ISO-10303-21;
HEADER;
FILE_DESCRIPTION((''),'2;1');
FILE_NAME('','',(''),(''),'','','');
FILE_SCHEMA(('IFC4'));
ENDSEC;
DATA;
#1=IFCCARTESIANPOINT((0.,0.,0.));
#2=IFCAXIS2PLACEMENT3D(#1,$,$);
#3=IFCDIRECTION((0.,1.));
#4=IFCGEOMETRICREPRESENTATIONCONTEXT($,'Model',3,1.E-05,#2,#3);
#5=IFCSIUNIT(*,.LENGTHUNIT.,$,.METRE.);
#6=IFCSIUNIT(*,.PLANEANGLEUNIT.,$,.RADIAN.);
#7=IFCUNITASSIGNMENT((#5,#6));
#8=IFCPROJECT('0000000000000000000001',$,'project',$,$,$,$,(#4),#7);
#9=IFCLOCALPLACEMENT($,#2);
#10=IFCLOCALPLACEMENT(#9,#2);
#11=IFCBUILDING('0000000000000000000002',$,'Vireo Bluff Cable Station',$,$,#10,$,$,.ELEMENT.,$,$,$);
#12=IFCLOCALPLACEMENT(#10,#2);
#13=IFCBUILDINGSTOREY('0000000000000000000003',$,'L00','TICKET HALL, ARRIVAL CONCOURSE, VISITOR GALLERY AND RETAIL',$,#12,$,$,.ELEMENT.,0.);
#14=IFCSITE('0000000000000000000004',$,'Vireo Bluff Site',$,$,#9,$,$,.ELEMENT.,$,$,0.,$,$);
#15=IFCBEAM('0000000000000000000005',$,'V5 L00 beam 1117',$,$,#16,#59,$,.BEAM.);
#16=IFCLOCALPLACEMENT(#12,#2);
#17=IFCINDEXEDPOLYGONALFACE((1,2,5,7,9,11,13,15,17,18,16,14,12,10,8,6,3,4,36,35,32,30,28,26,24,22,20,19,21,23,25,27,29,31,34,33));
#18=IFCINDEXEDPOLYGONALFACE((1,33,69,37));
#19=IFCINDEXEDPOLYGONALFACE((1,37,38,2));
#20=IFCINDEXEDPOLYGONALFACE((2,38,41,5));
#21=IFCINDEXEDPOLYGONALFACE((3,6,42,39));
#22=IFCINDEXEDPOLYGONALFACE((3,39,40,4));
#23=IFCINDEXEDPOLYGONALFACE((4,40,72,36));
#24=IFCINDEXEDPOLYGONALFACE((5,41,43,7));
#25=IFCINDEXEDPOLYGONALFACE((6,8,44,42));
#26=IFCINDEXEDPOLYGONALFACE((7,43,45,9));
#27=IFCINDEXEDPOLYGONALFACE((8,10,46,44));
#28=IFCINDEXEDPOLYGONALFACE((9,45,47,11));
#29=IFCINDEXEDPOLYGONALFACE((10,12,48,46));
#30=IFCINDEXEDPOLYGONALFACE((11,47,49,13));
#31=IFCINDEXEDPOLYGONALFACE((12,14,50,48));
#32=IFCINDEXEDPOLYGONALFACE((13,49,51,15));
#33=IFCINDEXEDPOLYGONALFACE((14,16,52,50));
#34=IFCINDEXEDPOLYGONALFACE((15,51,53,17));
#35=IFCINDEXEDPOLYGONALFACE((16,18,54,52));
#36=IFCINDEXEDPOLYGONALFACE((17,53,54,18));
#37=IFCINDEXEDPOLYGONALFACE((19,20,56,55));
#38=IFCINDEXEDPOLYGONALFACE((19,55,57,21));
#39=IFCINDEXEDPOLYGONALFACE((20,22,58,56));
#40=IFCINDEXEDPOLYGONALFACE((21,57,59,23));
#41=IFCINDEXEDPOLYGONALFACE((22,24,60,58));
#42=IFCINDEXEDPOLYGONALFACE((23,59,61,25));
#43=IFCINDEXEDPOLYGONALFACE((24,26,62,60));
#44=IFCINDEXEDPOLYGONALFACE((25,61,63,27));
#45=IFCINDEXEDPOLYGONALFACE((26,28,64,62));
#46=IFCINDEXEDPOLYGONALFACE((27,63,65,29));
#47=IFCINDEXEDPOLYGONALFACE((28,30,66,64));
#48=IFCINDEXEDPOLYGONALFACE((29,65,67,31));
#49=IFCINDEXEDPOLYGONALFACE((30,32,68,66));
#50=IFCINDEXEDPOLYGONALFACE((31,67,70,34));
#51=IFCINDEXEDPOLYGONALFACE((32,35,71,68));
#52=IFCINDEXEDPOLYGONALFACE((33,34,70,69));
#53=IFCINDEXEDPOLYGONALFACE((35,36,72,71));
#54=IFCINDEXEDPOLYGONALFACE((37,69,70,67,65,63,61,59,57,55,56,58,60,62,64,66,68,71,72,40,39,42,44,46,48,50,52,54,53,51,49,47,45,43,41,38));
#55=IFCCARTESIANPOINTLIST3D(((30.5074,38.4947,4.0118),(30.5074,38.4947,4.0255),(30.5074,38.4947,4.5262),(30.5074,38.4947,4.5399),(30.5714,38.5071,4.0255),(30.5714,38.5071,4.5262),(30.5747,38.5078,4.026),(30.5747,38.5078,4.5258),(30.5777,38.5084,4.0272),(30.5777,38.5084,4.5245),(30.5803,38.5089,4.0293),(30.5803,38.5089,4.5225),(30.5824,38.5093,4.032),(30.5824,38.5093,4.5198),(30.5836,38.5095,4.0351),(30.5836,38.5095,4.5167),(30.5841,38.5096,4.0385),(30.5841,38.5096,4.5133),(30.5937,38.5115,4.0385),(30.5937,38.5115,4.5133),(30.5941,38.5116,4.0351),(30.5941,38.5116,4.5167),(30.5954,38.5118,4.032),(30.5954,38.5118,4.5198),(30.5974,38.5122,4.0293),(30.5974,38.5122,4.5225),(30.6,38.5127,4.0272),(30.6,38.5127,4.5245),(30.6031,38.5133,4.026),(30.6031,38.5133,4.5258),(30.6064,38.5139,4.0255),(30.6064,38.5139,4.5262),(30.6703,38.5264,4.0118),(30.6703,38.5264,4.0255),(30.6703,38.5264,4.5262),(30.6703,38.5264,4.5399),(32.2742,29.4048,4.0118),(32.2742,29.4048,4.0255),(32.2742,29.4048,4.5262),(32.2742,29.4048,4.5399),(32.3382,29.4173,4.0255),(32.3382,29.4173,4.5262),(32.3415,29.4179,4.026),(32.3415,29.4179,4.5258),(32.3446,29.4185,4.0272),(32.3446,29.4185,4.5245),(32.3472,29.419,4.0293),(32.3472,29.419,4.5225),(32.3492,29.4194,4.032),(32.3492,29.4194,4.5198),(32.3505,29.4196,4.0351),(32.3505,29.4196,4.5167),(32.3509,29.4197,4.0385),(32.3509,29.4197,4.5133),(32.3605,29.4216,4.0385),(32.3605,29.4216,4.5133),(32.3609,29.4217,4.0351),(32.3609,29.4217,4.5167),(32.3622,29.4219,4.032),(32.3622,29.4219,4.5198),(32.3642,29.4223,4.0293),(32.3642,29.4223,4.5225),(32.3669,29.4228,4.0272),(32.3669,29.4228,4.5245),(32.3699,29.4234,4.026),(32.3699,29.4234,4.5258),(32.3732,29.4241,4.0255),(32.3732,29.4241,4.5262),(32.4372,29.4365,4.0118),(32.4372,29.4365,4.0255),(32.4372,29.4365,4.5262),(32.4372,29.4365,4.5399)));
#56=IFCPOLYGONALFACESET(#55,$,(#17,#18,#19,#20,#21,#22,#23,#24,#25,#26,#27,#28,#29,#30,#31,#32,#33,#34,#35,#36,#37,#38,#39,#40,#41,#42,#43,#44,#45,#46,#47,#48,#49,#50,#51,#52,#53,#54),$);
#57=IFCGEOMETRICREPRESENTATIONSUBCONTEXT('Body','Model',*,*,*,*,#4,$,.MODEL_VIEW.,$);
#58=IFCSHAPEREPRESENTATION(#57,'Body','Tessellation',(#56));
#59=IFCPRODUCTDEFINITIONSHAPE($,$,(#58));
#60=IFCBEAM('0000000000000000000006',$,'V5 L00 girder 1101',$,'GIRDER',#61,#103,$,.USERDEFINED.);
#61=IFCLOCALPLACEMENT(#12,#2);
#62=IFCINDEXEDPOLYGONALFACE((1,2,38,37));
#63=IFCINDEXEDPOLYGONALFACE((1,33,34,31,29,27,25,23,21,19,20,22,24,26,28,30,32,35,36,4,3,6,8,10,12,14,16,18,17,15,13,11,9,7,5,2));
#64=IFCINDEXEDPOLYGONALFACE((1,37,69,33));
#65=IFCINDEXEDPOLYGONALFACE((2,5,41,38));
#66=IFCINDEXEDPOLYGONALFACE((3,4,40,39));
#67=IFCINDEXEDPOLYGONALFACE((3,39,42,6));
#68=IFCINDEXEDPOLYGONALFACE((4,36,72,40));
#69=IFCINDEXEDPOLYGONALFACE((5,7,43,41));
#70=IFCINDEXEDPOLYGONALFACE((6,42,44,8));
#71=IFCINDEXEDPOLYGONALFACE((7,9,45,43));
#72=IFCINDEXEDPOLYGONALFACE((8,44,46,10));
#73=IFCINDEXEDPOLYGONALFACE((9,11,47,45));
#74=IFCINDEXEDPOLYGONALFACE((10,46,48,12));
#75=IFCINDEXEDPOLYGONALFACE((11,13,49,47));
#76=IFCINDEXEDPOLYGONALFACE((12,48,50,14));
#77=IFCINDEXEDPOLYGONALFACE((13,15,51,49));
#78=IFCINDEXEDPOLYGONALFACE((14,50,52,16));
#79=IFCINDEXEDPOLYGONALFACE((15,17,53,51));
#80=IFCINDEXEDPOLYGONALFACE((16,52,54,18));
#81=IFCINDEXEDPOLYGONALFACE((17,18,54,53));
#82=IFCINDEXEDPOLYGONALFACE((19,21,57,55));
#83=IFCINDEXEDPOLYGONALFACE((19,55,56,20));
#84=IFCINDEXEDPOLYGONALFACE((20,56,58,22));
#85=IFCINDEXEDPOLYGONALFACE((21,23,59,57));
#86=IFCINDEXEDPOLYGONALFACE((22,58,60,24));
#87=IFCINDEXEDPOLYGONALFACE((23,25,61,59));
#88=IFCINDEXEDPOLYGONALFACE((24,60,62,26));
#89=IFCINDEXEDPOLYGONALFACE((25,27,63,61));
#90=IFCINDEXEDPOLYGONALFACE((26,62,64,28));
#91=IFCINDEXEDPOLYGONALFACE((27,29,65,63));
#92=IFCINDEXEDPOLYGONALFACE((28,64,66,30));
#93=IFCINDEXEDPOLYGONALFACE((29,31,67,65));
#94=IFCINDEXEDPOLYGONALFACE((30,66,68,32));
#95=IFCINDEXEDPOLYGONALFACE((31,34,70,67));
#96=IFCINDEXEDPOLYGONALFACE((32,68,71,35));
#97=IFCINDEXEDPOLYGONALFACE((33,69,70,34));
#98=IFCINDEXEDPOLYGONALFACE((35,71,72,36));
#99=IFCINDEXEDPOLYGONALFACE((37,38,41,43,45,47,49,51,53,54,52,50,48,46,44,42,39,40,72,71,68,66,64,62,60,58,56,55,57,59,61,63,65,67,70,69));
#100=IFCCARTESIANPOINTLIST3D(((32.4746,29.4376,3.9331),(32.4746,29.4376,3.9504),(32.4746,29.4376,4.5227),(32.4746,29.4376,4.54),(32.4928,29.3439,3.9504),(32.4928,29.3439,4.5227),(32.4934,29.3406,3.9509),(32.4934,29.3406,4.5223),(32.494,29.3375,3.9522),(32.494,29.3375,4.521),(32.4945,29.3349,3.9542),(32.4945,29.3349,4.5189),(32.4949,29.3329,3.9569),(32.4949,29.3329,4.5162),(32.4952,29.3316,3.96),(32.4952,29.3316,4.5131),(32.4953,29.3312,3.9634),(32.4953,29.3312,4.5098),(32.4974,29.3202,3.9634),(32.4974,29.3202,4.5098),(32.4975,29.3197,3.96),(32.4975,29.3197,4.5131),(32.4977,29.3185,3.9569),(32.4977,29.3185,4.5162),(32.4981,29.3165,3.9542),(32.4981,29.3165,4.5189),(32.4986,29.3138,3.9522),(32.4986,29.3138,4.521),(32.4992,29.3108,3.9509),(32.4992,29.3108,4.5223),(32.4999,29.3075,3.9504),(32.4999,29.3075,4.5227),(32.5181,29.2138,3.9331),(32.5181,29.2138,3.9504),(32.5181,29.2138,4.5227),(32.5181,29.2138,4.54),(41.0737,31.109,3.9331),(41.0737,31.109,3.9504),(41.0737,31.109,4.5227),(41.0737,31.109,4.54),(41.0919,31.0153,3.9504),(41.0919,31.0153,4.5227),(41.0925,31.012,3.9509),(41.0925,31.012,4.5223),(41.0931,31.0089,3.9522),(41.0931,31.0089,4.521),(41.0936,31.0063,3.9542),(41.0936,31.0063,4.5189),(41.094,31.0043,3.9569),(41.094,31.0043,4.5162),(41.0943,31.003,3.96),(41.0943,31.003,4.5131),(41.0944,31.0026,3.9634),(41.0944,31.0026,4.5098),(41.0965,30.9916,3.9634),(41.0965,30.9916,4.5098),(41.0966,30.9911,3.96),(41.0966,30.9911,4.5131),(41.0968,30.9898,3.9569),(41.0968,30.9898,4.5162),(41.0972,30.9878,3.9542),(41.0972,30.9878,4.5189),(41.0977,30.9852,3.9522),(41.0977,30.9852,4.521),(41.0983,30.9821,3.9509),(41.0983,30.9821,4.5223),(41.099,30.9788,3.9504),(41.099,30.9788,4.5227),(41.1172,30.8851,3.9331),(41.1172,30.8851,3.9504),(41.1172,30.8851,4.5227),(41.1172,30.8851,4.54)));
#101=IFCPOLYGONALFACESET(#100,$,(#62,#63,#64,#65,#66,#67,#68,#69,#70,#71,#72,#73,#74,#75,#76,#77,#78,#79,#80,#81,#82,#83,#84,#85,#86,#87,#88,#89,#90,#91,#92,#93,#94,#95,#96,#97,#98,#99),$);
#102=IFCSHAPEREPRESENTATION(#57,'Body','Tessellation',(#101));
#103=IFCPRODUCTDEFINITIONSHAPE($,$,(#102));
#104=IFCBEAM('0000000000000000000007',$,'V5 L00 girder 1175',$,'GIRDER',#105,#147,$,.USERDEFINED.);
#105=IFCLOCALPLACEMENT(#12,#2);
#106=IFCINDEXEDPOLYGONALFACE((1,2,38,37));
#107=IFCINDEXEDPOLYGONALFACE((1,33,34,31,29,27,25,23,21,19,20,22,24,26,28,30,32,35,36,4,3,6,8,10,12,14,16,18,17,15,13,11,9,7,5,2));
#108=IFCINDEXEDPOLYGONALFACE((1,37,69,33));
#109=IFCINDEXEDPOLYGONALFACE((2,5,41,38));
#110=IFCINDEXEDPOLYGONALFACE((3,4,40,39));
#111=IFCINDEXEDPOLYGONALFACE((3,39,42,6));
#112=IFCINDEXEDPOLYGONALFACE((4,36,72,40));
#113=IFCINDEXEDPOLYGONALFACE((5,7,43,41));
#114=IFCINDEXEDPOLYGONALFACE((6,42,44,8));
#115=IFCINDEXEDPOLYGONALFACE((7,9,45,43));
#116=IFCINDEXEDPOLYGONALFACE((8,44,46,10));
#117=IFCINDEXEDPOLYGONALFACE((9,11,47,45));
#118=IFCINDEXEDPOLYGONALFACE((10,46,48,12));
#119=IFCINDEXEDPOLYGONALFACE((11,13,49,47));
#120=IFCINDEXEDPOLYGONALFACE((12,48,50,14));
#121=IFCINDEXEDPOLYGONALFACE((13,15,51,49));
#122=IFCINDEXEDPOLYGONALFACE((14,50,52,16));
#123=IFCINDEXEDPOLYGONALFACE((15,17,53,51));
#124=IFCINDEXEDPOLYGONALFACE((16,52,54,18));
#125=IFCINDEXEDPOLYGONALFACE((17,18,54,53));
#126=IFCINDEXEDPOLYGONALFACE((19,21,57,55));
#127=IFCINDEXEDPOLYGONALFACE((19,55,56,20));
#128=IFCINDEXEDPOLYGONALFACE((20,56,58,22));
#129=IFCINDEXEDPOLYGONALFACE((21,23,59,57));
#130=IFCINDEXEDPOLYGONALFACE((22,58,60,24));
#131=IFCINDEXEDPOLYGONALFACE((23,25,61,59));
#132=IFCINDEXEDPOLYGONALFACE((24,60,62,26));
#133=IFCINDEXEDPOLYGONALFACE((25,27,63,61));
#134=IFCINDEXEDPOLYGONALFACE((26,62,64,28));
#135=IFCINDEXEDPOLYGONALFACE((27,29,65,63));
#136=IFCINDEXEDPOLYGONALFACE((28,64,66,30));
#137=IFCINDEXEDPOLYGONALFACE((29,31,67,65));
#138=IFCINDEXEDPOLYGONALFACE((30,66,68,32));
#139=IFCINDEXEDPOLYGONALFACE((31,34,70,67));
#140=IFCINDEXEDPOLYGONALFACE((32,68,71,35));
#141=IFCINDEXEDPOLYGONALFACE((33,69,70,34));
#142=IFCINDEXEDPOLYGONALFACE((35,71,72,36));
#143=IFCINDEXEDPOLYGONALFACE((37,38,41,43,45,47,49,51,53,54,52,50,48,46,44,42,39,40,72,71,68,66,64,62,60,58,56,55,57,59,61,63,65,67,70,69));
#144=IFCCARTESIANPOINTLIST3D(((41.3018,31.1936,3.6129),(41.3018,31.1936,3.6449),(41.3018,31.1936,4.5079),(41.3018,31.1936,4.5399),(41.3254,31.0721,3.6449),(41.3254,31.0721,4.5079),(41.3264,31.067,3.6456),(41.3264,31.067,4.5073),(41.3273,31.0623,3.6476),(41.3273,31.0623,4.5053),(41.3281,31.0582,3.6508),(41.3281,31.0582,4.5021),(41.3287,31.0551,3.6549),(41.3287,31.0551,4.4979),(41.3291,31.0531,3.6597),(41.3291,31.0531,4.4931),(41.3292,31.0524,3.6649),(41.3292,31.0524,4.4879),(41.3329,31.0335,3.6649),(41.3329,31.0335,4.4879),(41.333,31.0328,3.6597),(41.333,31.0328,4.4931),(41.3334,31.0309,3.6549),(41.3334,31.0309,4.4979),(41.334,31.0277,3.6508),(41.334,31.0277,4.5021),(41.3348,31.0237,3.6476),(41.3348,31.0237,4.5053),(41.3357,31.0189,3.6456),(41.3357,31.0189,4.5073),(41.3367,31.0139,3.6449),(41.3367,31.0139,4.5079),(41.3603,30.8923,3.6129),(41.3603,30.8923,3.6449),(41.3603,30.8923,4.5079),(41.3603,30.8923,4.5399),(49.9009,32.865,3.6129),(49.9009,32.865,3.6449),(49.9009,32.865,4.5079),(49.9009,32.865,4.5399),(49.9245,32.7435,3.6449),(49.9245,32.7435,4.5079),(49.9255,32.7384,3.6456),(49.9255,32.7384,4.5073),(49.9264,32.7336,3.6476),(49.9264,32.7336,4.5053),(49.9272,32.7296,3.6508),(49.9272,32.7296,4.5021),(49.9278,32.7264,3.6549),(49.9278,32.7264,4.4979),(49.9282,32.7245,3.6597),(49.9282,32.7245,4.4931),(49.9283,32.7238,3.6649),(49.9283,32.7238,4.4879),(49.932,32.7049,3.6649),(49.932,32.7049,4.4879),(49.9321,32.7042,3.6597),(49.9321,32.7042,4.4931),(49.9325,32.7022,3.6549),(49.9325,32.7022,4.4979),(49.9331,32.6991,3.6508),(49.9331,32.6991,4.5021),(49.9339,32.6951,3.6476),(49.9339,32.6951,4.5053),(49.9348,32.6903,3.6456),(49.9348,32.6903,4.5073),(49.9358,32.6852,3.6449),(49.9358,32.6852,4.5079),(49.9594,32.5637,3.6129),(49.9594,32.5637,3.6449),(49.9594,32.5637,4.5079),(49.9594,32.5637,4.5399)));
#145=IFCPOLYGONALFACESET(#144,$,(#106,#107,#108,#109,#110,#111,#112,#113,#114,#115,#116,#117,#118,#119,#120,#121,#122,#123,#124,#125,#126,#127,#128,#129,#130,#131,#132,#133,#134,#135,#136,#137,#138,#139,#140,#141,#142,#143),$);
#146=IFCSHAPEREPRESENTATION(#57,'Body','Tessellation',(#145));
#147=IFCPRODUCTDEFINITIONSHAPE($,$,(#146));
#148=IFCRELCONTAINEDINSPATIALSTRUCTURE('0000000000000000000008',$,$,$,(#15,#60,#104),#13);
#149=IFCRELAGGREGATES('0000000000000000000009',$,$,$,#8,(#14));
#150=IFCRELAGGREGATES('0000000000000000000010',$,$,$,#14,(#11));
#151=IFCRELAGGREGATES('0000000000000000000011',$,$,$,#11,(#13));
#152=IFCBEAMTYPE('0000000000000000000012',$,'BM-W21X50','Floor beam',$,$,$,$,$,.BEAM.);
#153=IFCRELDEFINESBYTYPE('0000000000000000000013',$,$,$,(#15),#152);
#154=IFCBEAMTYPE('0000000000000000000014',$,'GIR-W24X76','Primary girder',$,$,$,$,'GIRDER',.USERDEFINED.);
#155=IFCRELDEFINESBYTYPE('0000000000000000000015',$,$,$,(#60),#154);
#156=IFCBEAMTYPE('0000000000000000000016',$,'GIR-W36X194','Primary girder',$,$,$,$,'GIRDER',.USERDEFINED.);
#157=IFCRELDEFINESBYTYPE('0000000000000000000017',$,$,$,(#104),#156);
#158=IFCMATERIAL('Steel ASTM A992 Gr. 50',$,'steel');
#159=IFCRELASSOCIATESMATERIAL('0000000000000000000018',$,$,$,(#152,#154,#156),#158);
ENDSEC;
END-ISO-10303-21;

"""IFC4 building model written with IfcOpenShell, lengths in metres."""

from ifc_helpers import new_model, si_unit, direction, frame, origin, origin_2d, place, context, subcontext, project, spatial, i_section, extrude, material, material_profile, profile_set, type_object, element, save


model = new_model("IFC4")

# Units and contexts
model_context = context("Model", 3, precision=1e-05, world=origin(), true_north=direction((0.0, 1.0)))
body_context = subcontext(model_context, "Body", "Model", "MODEL_VIEW")
ifc_project = project(units=[si_unit("LENGTHUNIT", "METRE"), si_unit("PLANEANGLEUNIT", "RADIAN")], contexts=[model_context])

# Site, building, storey
site_placement = place(None, origin())
site = spatial("IfcSite", under=ifc_project, at=site_placement, Name="Vireo Bluff Site", CompositionType="ELEMENT", RefElevation=0.0)
building_placement = place(site_placement, origin())
building = spatial("IfcBuilding", under=site, at=building_placement, Name="Vireo Bluff Cable Station", CompositionType="ELEMENT")
storey_placement = place(building_placement, origin())
storey = spatial("IfcBuildingStorey", under=building, at=storey_placement, Name="L00", Description="TICKET HALL, ARRIVAL CONCOURSE, VISITOR GALLERY AND RETAIL", CompositionType="ELEMENT", Elevation=0.0)

# Shared definitions
ifc_material_1 = material(Name="Steel ASTM A992 Gr. 50", Category="steel")

# Beams
ifc_material_profile_1 = material_profile(ifc_material_1, i_section(OverallWidth=0.166, OverallDepth=0.5281, WebThickness=0.0098, FlangeThickness=0.0137, FilletRadius=0.0129, at=origin_2d()), Name="W21X50")
ifc_profile_set_1 = profile_set([ifc_material_profile_1], Name="Steel ASTM A992 Gr. 50")
beam_type_1 = type_object("IfcBeamType", Name="BM-W21X50", Description="Floor beam", PredefinedType="BEAM", material=ifc_profile_set_1)
beam_1_placement = place(storey_placement, frame((32.3557, 29.4207, 4.2759), z_axis=(-0.190805, 0.981628, 0.0), x_axis=(-0.981628, -0.190805, 0.0)))
element("IfcBeam", 1, at=beam_1_placement, inside=storey, type_object=beam_type_1, Name="V5 L00 beam 1117", PredefinedType="BEAM", context=body_context, shape_type="SweptSolid", body=[
    extrude(i_section(OverallWidth=0.166, OverallDepth=0.5281, WebThickness=0.0098, FlangeThickness=0.0137, FilletRadius=0.0129, at=origin_2d()), origin(), (0.0, 0.0, 1.0), 9.26),
])
ifc_material_profile_2 = material_profile(ifc_material_1, i_section(OverallWidth=0.228, OverallDepth=0.6069, WebThickness=0.0112, FlangeThickness=0.0173, FilletRadius=0.0129, at=origin_2d()), Name="W24X76")
ifc_profile_set_2 = profile_set([ifc_material_profile_2], Name="Steel ASTM A992 Gr. 50")
beam_type_2 = type_object("IfcBeamType", Name="GIR-W24X76", Description="Primary girder", ElementType="GIRDER", PredefinedType="USERDEFINED", material=ifc_profile_set_2)
beam_2_placement = place(storey_placement, frame((32.4963, 29.3257, 4.2366), z_axis=(0.98163, 0.190797, 0.0), x_axis=(-0.190797, 0.98163, 0.0)))
element("IfcBeam", 2, at=beam_2_placement, inside=storey, type_object=beam_type_2, Name="V5 L00 girder 1101", ObjectType="GIRDER", PredefinedType="USERDEFINED", context=body_context, shape_type="SweptSolid", body=[
    extrude(i_section(OverallWidth=0.228, OverallDepth=0.6069, WebThickness=0.0112, FlangeThickness=0.0173, FilletRadius=0.0129, at=origin_2d()), origin(), (0.0, 0.0, 1.0), 8.76),
])
ifc_material_profile_3 = material_profile(ifc_material_1, i_section(OverallWidth=0.3069, OverallDepth=0.927, WebThickness=0.0193, FlangeThickness=0.032, FilletRadius=0.02, at=origin_2d()), Name="W36X194")
ifc_profile_set_3 = profile_set([ifc_material_profile_3], Name="Steel ASTM A992 Gr. 50")
beam_type_3 = type_object("IfcBeamType", Name="GIR-W36X194", Description="Primary girder", ElementType="GIRDER", PredefinedType="USERDEFINED", material=ifc_profile_set_3)
beam_3_placement = place(storey_placement, frame((41.3311, 31.043, 4.0764), z_axis=(0.98163, 0.190797, 0.0), x_axis=(-0.190797, 0.98163, 0.0)))
element("IfcBeam", 3, at=beam_3_placement, inside=storey, type_object=beam_type_3, Name="V5 L00 girder 1175", ObjectType="GIRDER", PredefinedType="USERDEFINED", context=body_context, shape_type="SweptSolid", body=[
    extrude(i_section(OverallWidth=0.3069, OverallDepth=0.927, WebThickness=0.0193, FlangeThickness=0.032, FilletRadius=0.02, at=origin_2d()), origin(), (0.0, 0.0, 1.0), 8.76),
])

save(model, "model.ifc")
